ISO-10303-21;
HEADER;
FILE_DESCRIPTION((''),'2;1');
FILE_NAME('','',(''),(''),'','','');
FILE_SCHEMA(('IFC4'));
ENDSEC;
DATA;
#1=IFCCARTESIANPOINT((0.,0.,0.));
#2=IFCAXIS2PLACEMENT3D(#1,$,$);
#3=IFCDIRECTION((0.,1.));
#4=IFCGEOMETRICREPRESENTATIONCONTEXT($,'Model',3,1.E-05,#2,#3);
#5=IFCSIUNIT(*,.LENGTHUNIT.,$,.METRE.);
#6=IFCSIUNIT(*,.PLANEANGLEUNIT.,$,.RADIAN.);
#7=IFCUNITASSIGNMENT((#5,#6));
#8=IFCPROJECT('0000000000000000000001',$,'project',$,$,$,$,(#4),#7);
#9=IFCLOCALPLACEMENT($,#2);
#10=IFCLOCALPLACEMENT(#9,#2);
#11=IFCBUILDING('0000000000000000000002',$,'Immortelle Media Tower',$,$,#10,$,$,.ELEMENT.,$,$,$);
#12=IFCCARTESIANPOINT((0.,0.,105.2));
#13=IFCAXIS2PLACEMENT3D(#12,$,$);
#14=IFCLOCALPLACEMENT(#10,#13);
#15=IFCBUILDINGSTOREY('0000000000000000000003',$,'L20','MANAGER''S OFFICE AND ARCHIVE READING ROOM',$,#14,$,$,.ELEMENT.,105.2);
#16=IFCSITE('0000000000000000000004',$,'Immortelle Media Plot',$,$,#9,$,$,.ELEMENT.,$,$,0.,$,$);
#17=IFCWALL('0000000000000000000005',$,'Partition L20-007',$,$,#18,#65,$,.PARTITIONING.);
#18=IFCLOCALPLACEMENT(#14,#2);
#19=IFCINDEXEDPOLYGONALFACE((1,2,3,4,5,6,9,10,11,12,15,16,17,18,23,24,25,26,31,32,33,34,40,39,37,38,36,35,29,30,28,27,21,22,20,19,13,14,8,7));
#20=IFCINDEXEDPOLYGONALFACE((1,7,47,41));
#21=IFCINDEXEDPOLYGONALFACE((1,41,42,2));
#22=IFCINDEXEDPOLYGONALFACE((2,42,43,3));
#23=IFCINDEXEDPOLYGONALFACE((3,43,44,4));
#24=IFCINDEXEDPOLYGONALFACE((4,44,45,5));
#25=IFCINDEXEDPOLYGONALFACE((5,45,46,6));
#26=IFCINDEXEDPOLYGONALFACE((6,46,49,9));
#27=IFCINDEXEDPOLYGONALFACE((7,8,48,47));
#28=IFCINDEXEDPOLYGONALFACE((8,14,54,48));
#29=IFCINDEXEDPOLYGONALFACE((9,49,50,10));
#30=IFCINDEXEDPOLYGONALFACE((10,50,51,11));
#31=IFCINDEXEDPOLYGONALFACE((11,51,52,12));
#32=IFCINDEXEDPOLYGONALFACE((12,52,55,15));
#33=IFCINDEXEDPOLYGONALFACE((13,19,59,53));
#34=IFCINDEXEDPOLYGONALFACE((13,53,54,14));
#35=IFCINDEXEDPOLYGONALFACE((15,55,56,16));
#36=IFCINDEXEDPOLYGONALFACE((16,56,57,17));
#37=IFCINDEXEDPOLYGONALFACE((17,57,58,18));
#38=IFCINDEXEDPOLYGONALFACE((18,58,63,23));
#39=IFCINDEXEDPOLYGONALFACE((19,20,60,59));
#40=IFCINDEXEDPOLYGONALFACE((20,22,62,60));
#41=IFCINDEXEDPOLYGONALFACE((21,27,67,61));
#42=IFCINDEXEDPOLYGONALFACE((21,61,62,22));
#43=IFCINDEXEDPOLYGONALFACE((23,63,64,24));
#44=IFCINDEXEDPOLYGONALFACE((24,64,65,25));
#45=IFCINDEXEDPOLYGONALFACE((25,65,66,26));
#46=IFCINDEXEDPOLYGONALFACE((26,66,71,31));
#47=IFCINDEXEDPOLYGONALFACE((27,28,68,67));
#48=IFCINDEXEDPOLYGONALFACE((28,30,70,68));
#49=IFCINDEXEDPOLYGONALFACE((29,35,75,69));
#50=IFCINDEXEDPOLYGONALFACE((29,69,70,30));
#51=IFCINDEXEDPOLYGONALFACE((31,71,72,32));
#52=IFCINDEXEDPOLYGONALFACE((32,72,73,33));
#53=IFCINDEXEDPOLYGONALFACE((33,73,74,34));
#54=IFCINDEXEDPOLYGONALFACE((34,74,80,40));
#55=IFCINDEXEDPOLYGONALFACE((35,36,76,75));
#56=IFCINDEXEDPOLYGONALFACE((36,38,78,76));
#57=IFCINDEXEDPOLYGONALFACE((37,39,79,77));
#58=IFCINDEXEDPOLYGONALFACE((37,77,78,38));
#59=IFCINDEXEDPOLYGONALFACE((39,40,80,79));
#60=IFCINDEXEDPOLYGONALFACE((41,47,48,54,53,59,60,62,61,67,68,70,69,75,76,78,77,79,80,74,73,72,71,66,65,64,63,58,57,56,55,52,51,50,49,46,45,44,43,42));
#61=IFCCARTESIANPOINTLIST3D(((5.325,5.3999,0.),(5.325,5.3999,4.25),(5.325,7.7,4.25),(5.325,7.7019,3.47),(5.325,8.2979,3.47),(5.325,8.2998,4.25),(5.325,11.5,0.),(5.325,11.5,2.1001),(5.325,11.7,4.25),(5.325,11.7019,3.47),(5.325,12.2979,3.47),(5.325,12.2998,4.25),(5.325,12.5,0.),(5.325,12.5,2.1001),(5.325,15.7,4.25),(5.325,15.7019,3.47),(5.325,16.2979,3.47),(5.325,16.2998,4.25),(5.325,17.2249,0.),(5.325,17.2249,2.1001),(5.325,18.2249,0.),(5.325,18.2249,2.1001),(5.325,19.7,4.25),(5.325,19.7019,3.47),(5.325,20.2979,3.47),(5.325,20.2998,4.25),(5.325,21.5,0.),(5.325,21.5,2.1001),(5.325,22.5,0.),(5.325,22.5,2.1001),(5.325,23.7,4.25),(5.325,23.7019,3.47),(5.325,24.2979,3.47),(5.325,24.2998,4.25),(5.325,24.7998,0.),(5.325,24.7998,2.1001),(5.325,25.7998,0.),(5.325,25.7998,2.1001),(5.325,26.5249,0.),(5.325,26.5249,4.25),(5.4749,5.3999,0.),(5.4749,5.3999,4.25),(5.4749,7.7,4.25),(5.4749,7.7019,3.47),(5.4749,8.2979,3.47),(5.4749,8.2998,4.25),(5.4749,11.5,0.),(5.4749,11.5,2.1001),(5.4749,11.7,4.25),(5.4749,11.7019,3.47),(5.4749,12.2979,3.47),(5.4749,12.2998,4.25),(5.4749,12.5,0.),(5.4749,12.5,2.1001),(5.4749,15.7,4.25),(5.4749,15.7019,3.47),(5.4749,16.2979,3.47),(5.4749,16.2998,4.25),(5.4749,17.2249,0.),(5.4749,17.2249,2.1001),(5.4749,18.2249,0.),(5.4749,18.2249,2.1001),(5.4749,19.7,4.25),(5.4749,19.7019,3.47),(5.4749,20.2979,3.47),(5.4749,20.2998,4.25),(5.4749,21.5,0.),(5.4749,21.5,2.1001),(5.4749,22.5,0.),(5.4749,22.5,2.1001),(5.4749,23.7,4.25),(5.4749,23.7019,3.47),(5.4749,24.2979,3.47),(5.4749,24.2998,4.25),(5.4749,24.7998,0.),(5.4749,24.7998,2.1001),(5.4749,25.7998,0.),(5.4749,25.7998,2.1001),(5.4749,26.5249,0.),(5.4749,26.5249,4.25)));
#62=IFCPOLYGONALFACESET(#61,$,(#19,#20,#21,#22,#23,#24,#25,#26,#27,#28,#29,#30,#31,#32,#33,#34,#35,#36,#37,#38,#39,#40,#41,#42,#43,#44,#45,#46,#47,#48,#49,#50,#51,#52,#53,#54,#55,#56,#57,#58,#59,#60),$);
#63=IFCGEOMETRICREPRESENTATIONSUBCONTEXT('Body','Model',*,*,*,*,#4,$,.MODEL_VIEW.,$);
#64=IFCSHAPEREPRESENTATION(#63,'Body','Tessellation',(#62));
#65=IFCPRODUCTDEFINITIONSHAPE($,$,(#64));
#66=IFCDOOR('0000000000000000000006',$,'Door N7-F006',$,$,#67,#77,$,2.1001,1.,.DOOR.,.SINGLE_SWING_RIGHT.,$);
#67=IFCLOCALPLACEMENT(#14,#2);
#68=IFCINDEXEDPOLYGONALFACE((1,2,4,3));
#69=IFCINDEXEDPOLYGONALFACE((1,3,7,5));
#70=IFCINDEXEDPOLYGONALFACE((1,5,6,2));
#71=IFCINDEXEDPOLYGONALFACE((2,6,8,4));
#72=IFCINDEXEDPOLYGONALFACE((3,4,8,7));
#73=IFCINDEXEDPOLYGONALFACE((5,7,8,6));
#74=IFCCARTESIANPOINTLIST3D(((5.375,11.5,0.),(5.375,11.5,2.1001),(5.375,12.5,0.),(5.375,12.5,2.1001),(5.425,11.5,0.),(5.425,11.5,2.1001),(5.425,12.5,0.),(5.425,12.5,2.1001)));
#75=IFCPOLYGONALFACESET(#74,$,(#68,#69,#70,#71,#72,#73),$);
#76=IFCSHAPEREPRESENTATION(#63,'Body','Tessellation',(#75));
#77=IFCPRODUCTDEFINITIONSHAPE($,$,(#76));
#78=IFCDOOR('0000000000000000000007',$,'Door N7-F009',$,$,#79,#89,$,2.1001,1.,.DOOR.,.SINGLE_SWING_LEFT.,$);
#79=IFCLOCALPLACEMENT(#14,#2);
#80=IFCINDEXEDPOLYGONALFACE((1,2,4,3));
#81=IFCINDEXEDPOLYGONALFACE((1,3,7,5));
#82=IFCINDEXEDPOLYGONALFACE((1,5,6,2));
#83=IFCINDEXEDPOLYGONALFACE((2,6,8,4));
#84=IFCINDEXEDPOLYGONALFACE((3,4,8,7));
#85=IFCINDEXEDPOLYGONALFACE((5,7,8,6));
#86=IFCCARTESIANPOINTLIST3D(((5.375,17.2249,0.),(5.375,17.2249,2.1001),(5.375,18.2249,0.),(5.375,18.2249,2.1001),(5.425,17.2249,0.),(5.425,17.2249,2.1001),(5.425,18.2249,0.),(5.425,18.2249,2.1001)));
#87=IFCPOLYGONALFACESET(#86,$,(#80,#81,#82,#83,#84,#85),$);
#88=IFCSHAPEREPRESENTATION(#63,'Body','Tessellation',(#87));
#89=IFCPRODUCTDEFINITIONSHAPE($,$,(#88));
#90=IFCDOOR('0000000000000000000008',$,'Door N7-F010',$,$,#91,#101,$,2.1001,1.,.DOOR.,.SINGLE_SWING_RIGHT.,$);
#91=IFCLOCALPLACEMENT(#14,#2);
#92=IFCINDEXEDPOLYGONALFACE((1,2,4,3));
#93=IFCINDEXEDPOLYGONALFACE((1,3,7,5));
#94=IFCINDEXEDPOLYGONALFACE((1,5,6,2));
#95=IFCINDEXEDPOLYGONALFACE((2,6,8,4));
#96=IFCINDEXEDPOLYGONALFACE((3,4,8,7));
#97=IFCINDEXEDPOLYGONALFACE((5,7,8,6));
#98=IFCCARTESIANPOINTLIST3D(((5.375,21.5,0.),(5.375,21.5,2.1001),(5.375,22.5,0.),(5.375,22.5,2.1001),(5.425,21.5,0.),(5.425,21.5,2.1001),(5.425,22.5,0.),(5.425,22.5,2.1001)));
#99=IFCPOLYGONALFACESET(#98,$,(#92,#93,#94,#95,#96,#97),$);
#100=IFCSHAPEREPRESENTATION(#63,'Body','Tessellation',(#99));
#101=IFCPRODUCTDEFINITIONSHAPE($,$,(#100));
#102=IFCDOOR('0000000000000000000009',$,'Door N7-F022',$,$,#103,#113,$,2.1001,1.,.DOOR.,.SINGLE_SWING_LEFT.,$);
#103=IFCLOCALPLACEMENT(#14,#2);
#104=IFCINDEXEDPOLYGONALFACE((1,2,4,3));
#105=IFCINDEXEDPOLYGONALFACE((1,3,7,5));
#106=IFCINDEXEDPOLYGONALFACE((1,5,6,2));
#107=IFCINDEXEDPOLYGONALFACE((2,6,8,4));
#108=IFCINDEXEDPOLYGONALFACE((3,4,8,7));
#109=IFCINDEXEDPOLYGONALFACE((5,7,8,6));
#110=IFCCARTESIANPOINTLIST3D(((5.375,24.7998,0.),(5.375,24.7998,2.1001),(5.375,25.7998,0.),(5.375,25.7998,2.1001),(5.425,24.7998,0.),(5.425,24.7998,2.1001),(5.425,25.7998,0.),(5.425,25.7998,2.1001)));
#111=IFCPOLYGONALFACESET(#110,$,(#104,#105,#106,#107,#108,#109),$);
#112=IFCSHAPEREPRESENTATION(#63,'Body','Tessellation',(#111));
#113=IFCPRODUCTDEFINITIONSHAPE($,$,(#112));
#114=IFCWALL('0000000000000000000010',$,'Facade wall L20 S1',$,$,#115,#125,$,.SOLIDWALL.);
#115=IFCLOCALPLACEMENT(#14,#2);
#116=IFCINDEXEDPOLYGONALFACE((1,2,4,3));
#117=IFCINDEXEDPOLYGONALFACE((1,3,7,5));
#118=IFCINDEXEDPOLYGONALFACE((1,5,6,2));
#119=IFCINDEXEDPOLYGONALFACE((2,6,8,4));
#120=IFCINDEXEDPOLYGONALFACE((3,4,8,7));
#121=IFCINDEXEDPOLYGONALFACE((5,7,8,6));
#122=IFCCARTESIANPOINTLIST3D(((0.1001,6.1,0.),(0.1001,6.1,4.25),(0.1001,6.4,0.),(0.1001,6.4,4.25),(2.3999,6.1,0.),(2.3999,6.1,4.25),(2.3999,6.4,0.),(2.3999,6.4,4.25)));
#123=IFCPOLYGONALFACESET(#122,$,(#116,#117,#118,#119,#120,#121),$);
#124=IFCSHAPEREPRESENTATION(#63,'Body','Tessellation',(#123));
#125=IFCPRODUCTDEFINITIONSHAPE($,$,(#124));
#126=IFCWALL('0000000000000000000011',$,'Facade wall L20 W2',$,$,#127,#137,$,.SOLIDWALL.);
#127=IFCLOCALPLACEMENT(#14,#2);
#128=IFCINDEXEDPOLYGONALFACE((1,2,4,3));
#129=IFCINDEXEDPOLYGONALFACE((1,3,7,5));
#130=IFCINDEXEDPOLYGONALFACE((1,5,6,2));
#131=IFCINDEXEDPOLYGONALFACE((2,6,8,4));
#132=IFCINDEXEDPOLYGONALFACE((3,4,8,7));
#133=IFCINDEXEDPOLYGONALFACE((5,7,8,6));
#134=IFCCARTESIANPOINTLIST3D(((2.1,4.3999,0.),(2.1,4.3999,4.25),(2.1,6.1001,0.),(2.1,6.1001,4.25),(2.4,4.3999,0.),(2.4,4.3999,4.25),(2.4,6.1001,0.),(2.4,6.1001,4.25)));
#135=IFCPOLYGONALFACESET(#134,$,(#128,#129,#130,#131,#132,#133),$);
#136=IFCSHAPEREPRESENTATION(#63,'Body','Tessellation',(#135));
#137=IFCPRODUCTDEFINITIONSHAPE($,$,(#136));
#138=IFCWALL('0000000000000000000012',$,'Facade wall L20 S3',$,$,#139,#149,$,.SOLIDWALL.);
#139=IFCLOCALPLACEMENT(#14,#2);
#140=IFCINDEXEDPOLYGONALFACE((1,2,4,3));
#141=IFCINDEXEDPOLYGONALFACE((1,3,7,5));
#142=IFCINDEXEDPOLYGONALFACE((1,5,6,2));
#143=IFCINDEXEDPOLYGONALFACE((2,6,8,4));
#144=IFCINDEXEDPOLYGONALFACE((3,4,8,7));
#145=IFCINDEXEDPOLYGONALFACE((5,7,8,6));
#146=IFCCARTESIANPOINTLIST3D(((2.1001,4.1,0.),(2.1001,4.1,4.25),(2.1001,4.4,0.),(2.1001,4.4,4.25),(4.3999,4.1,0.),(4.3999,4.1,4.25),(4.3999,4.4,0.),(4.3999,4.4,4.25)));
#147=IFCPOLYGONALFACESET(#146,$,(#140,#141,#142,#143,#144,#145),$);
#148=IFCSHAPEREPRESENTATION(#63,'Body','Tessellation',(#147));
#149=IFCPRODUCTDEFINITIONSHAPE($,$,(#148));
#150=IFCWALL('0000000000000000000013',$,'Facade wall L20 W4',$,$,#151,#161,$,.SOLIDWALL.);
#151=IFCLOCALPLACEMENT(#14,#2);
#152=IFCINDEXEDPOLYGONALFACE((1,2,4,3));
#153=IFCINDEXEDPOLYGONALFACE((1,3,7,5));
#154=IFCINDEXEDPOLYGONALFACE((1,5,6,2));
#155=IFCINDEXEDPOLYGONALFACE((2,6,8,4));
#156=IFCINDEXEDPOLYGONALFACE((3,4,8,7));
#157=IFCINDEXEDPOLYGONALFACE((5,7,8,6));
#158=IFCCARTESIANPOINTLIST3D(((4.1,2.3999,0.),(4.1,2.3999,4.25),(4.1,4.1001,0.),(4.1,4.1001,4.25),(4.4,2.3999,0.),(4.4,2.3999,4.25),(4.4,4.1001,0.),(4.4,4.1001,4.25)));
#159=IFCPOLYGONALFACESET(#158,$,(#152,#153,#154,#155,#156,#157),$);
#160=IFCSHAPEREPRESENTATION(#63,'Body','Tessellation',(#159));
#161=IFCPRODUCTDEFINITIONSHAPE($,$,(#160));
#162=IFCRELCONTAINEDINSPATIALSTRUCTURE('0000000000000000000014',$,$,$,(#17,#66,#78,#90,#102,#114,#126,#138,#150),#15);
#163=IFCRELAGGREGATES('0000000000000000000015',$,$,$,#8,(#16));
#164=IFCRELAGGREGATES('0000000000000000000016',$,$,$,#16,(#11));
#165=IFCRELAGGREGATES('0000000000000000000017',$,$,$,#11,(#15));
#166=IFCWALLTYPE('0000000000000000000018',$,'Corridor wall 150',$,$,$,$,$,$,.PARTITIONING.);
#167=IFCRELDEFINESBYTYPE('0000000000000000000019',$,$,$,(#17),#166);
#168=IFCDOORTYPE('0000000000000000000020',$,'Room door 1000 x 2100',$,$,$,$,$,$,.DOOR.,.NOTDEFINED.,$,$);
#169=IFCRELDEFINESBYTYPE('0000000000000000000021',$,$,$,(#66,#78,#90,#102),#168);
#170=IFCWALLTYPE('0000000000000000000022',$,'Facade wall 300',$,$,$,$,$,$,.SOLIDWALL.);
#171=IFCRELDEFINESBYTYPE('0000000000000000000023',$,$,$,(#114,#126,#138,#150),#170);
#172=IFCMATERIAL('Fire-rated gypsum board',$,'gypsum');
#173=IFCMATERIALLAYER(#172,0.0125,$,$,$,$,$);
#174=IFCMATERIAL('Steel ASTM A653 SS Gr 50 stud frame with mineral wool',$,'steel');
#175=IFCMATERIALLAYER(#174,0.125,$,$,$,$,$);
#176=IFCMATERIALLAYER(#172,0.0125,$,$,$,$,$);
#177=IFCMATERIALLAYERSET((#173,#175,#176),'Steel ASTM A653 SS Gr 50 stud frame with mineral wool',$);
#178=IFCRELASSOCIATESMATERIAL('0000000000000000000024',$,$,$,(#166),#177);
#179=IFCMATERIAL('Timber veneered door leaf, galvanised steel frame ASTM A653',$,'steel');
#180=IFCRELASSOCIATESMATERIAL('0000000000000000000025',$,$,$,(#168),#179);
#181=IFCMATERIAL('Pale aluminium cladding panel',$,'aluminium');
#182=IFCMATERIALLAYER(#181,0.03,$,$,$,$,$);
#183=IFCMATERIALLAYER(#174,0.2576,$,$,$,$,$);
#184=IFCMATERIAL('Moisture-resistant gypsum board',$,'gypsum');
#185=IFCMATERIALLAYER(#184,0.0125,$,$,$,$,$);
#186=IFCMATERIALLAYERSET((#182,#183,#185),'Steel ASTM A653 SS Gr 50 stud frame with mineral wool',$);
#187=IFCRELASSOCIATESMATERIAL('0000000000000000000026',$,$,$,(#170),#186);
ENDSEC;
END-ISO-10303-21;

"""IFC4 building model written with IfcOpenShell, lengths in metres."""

from ifc_helpers import new_model, si_unit, direction, frame, frame_2d, origin, place, context, subcontext, project, spatial, polyline, rectangle, outline, extrude, material, layer, layer_set, type_object, element, fill, save


model = new_model("IFC4")

# Units and contexts
model_context = context("Model", 3, precision=1e-05, world=origin(), true_north=direction((0.0, 1.0)))
body_context = subcontext(model_context, "Body", "Model", "MODEL_VIEW")
ifc_project = project(units=[si_unit("LENGTHUNIT", "METRE"), si_unit("PLANEANGLEUNIT", "RADIAN")], contexts=[model_context])

# Site, building, storey
site_placement = place(None, origin())
site = spatial("IfcSite", under=ifc_project, at=site_placement, Name="Immortelle Media Plot", CompositionType="ELEMENT", RefElevation=0.0)
building_placement = place(site_placement, origin())
building = spatial("IfcBuilding", under=site, at=building_placement, Name="Immortelle Media Tower", CompositionType="ELEMENT")
storey_placement = place(building_placement, frame((0.0, 0.0, 105.2)))
storey = spatial("IfcBuildingStorey", under=building, at=storey_placement, Name="L20", Description="MANAGER'S OFFICE AND ARCHIVE READING ROOM", CompositionType="ELEMENT", Elevation=105.2)

# Wall, openings, doors
ifc_material_1 = material(Name="Fire-rated gypsum board", Category="gypsum")
ifc_layer_1 = layer(ifc_material_1, 0.0125)
ifc_material_2 = material(Name="Steel ASTM A653 SS Gr 50 stud frame with mineral wool", Category="steel")
ifc_layer_2 = layer(ifc_material_2, 0.125)
ifc_layer_3 = layer(ifc_material_1, 0.0125)
ifc_layer_set_1 = layer_set([ifc_layer_1, ifc_layer_2, ifc_layer_3], Name="Steel ASTM A653 SS Gr 50 stud frame with mineral wool")
wall_type_1 = type_object("IfcWallType", Name="Corridor wall 150", PredefinedType="PARTITIONING", material=ifc_layer_set_1)
ifc_material_3 = material(Name="Timber veneered door leaf, galvanised steel frame ASTM A653", Category="steel")
door_type_1 = type_object("IfcDoorType", Name="Room door 1000 x 2100", OperationType="NOTDEFINED", PredefinedType="DOOR", material=ifc_material_3)
wall_1_placement = place(storey_placement, frame((5.3999, 5.3999, 0.0), z_axis=(0.0, 0.0, 1.0), x_axis=(0.0, 1.0, 0.0)))
wall_1 = element("IfcWall", 1, at=wall_1_placement, inside=storey, type_object=wall_type_1, Name="Partition L20-007", PredefinedType="PARTITIONING", context=body_context, shape_type="SweptSolid", body=[
    extrude(outline(polyline([(0.0, 0.0), (21.125, 0.0), (21.125, 4.25), (18.8999, 4.25), (18.8979, 3.47), (18.302, 3.47), (18.3, 4.25), (14.8999, 4.25), (14.8979, 3.47), (14.302, 3.47), (14.3, 4.25), (10.8999, 4.25), (10.8979, 3.47), (10.302, 3.47), (10.3, 4.25), (6.8999, 4.25), (6.8979, 3.47), (6.302, 3.47), (6.3, 4.25), (2.8999, 4.25), (2.8979, 3.47), (2.302, 3.47), (2.3, 4.25), (0.0, 4.25), (0.0, 0.0)])), frame((0.0, 0.075, 0.0), z_axis=(0.0, -1.0, 0.0), x_axis=(1.0, 0.0, 0.0)), (0.0, 0.0, 1.0), 0.1499),
])
opening_1_placement = place(wall_1_placement, frame((6.1001, 0.0, 0.0)))
opening_1 = element("IfcOpeningElement", 2, at=opening_1_placement, cuts=wall_1, PredefinedType="OPENING", context=body_context, shape_type="SweptSolid", body=[
    extrude(rectangle(XDim=1.0, YDim=2.1001, at=frame_2d((0.5, 1.05))), frame((0.0, 0.085, 0.0), z_axis=(0.0, -1.0, 0.0), x_axis=(1.0, 0.0, 0.0)), (0.0, 0.0, 1.0), 0.1699),
])
opening_2_placement = place(wall_1_placement, frame((11.825, 0.0, 0.0)))
opening_2 = element("IfcOpeningElement", 3, at=opening_2_placement, cuts=wall_1, PredefinedType="OPENING", context=body_context, shape_type="SweptSolid", body=[
    extrude(rectangle(XDim=1.0, YDim=2.1001, at=frame_2d((0.5, 1.05))), frame((0.0, 0.085, 0.0), z_axis=(0.0, -1.0, 0.0), x_axis=(1.0, 0.0, 0.0)), (0.0, 0.0, 1.0), 0.1699),
])
opening_3_placement = place(wall_1_placement, frame((16.1001, 0.0, 0.0)))
opening_3 = element("IfcOpeningElement", 4, at=opening_3_placement, cuts=wall_1, PredefinedType="OPENING", context=body_context, shape_type="SweptSolid", body=[
    extrude(rectangle(XDim=1.0, YDim=2.1001, at=frame_2d((0.5, 1.05))), frame((0.0, 0.085, 0.0), z_axis=(0.0, -1.0, 0.0), x_axis=(1.0, 0.0, 0.0)), (0.0, 0.0, 1.0), 0.1699),
])
opening_4_placement = place(wall_1_placement, frame((19.3999, 0.0, 0.0)))
opening_4 = element("IfcOpeningElement", 5, at=opening_4_placement, cuts=wall_1, PredefinedType="OPENING", context=body_context, shape_type="SweptSolid", body=[
    extrude(rectangle(XDim=1.0, YDim=2.1001, at=frame_2d((0.5, 1.05))), frame((0.0, 0.085, 0.0), z_axis=(0.0, -1.0, 0.0), x_axis=(1.0, 0.0, 0.0)), (0.0, 0.0, 1.0), 0.1699),
])
door_1_placement = place(opening_1_placement, origin())
door_1 = element("IfcDoor", 6, at=door_1_placement, inside=storey, type_object=door_type_1, Name="Door N7-F006", OperationType="SINGLE_SWING_RIGHT", OverallHeight=2.1001, OverallWidth=1.0, PredefinedType="DOOR", context=body_context, shape_type="SweptSolid", body=[
    extrude(rectangle(XDim=1.0, YDim=2.1001, at=frame_2d((0.5, 1.05))), frame((0.0, 0.0249, 0.0), z_axis=(0.0, -1.0, 0.0), x_axis=(1.0, 0.0, 0.0)), (0.0, 0.0, 1.0), 0.05),
])
fill(opening_1, door_1)
door_2_placement = place(opening_2_placement, origin())
door_2 = element("IfcDoor", 7, at=door_2_placement, inside=storey, type_object=door_type_1, Name="Door N7-F009", OperationType="SINGLE_SWING_LEFT", OverallHeight=2.1001, OverallWidth=1.0, PredefinedType="DOOR", context=body_context, shape_type="SweptSolid", body=[
    extrude(rectangle(XDim=1.0, YDim=2.1001, at=frame_2d((0.5, 1.05))), frame((0.0, 0.0249, 0.0), z_axis=(0.0, -1.0, 0.0), x_axis=(1.0, 0.0, 0.0)), (0.0, 0.0, 1.0), 0.05),
])
fill(opening_2, door_2)
door_3_placement = place(opening_3_placement, origin())
door_3 = element("IfcDoor", 8, at=door_3_placement, inside=storey, type_object=door_type_1, Name="Door N7-F010", OperationType="SINGLE_SWING_RIGHT", OverallHeight=2.1001, OverallWidth=1.0, PredefinedType="DOOR", context=body_context, shape_type="SweptSolid", body=[
    extrude(rectangle(XDim=1.0, YDim=2.1001, at=frame_2d((0.5, 1.05))), frame((0.0, 0.0249, 0.0), z_axis=(0.0, -1.0, 0.0), x_axis=(1.0, 0.0, 0.0)), (0.0, 0.0, 1.0), 0.05),
])
fill(opening_3, door_3)
door_4_placement = place(opening_4_placement, origin())
door_4 = element("IfcDoor", 9, at=door_4_placement, inside=storey, type_object=door_type_1, Name="Door N7-F022", OperationType="SINGLE_SWING_LEFT", OverallHeight=2.1001, OverallWidth=1.0, PredefinedType="DOOR", context=body_context, shape_type="SweptSolid", body=[
    extrude(rectangle(XDim=1.0, YDim=2.1001, at=frame_2d((0.5, 1.05))), frame((0.0, 0.0249, 0.0), z_axis=(0.0, -1.0, 0.0), x_axis=(1.0, 0.0, 0.0)), (0.0, 0.0, 1.0), 0.05),
])
fill(opening_4, door_4)

# Walls
ifc_material_4 = material(Name="Pale aluminium cladding panel", Category="aluminium")
ifc_layer_4 = layer(ifc_material_4, 0.03)
ifc_layer_5 = layer(ifc_material_2, 0.2576)
ifc_material_5 = material(Name="Moisture-resistant gypsum board", Category="gypsum")
ifc_layer_6 = layer(ifc_material_5, 0.0125)
ifc_layer_set_2 = layer_set([ifc_layer_4, ifc_layer_5, ifc_layer_6], Name="Steel ASTM A653 SS Gr 50 stud frame with mineral wool")
wall_type_2 = type_object("IfcWallType", Name="Facade wall 300", PredefinedType="SOLIDWALL", material=ifc_layer_set_2)
wall_2_placement = place(storey_placement, frame((0.1001, 6.25, 0.0), z_axis=(0.0, 0.0, 1.0), x_axis=(1.0, 0.0, 0.0)))
element("IfcWall", 10, at=wall_2_placement, inside=storey, type_object=wall_type_2, Name="Facade wall L20 S1", PredefinedType="SOLIDWALL", context=body_context, shape_type="SweptSolid", body=[
    extrude(rectangle(XDim=2.2998, YDim=0.3, at=frame_2d((1.1499, 0.0))), origin(), (0.0, 0.0, 1.0), 4.25),
])
wall_3_placement = place(storey_placement, frame((2.25, 6.1001, 0.0), z_axis=(0.0, 0.0, 1.0), x_axis=(0.0, -1.0, 0.0)))
element("IfcWall", 11, at=wall_3_placement, inside=storey, type_object=wall_type_2, Name="Facade wall L20 W2", PredefinedType="SOLIDWALL", context=body_context, shape_type="SweptSolid", body=[
    extrude(rectangle(XDim=1.7002, YDim=0.3, at=frame_2d((0.8501, 0.0))), origin(), (0.0, 0.0, 1.0), 4.25),
])
wall_4_placement = place(storey_placement, frame((2.1001, 4.25, 0.0), z_axis=(0.0, 0.0, 1.0), x_axis=(1.0, 0.0, 0.0)))
element("IfcWall", 12, at=wall_4_placement, inside=storey, type_object=wall_type_2, Name="Facade wall L20 S3", PredefinedType="SOLIDWALL", context=body_context, shape_type="SweptSolid", body=[
    extrude(rectangle(XDim=2.2998, YDim=0.3, at=frame_2d((1.1499, 0.0))), origin(), (0.0, 0.0, 1.0), 4.25),
])
wall_5_placement = place(storey_placement, frame((4.25, 4.1001, 0.0), z_axis=(0.0, 0.0, 1.0), x_axis=(0.0, -1.0, 0.0)))
element("IfcWall", 13, at=wall_5_placement, inside=storey, type_object=wall_type_2, Name="Facade wall L20 W4", PredefinedType="SOLIDWALL", context=body_context, shape_type="SweptSolid", body=[
    extrude(rectangle(XDim=1.7002, YDim=0.3, at=frame_2d((0.8501, 0.0))), origin(), (0.0, 0.0, 1.0), 4.25),
])

save(model, "model.ifc")
